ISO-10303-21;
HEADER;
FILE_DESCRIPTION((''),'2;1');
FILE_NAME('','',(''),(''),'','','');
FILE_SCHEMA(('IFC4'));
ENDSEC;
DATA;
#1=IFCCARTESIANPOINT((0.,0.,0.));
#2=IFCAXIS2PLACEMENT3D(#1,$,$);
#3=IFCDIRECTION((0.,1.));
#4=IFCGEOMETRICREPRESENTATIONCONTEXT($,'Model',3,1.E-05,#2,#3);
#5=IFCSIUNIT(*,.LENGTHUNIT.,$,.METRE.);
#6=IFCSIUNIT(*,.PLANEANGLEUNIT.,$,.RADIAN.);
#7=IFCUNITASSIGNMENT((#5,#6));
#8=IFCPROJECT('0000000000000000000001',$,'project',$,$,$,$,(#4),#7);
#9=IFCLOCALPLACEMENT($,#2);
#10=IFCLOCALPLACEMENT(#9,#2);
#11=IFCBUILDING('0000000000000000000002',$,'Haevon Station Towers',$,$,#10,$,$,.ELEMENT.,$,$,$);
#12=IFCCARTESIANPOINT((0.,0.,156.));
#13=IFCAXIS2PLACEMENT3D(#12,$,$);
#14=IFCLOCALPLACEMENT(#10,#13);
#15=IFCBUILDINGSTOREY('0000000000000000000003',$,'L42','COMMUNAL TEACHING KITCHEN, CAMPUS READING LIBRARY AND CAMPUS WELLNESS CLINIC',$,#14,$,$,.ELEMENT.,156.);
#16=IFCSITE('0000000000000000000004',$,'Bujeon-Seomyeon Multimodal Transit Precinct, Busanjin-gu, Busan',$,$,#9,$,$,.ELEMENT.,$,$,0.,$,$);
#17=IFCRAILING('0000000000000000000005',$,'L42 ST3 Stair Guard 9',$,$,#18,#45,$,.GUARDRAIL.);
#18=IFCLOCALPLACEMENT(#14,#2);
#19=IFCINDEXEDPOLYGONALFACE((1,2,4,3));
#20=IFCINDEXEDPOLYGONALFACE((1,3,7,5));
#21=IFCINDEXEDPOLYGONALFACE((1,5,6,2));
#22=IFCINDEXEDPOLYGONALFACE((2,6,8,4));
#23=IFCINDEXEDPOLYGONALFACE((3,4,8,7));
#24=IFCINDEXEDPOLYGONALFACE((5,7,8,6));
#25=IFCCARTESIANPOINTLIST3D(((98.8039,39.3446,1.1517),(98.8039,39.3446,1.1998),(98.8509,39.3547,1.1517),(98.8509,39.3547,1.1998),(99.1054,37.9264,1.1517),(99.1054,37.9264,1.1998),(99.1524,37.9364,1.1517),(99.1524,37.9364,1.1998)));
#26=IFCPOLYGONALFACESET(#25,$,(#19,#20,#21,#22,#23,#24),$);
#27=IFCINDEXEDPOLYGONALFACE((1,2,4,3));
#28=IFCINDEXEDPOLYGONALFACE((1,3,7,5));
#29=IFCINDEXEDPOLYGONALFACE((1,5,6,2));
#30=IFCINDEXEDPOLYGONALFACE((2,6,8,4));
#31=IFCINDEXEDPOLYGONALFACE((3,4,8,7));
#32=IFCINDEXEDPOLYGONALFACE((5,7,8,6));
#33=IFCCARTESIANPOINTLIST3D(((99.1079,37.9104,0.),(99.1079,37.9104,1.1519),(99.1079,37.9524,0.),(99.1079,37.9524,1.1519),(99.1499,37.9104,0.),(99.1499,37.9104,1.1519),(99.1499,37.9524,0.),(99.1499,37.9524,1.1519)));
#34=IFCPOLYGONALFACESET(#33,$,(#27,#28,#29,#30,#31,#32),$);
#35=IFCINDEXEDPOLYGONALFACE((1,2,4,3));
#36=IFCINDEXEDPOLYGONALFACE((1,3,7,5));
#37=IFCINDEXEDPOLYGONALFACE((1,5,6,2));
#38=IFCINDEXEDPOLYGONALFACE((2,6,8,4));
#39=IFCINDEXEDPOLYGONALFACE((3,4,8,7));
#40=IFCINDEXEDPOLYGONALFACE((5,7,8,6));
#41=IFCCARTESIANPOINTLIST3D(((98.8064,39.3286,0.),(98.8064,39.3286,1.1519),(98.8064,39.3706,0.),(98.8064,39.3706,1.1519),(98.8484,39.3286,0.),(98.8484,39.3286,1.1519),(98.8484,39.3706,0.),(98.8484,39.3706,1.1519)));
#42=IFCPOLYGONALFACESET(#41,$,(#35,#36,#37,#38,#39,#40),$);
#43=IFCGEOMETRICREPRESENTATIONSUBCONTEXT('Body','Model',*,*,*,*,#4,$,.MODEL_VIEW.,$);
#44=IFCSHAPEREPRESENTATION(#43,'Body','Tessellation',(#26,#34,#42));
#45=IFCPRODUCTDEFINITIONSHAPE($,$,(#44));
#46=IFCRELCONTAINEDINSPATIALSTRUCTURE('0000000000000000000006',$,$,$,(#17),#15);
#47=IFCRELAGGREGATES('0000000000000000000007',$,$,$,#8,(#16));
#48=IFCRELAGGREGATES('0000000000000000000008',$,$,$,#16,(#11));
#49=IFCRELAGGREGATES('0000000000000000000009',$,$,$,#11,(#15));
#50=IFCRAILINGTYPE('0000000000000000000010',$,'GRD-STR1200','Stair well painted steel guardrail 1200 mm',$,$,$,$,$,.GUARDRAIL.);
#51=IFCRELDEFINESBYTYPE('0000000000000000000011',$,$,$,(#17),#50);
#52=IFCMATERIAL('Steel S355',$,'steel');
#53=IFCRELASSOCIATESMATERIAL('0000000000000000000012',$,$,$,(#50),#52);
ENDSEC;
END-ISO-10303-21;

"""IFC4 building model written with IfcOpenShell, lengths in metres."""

from ifc_helpers import new_model, si_unit, direction, frame, origin, origin_2d, place, context, subcontext, project, spatial, rectangle, extrude, material, type_object, element, save


model = new_model("IFC4")

# Units and contexts
model_context = context("Model", 3, precision=1e-05, world=origin(), true_north=direction((0.0, 1.0)))
body_context = subcontext(model_context, "Body", "Model", "MODEL_VIEW")
ifc_project = project(units=[si_unit("LENGTHUNIT", "METRE"), si_unit("PLANEANGLEUNIT", "RADIAN")], contexts=[model_context])

# Site, building, storey
site_placement = place(None, origin())
site = spatial("IfcSite", under=ifc_project, at=site_placement, Name="Bujeon-Seomyeon Multimodal Transit Precinct, Busanjin-gu, Busan", CompositionType="ELEMENT", RefElevation=0.0)
building_placement = place(site_placement, origin())
building = spatial("IfcBuilding", under=site, at=building_placement, Name="Haevon Station Towers", CompositionType="ELEMENT")
storey_placement = place(building_placement, frame((0.0, 0.0, 156.0)))
storey = spatial("IfcBuildingStorey", under=building, at=storey_placement, Name="L42", Description="COMMUNAL TEACHING KITCHEN, CAMPUS READING LIBRARY AND CAMPUS WELLNESS CLINIC", CompositionType="ELEMENT", Elevation=156.0)

# Shared definitions
ifc_material_1 = material(Name="Steel S355", Category="steel")

# Railing
railing_type = type_object("IfcRailingType", Name="GRD-STR1200", Description="Stair well painted steel guardrail 1200 mm", PredefinedType="GUARDRAIL", material=ifc_material_1)
railing_placement = place(storey_placement, frame((99.1289, 37.9314, 0.0)))
element("IfcRailing", 1, at=railing_placement, inside=storey, type_object=railing_type, Name="L42 ST3 Stair Guard 9", PredefinedType="GUARDRAIL", context=body_context, shape_type="SweptSolid", body=[
    extrude(rectangle(XDim=0.0481, YDim=0.0481, at=origin_2d()), frame((0.0, 0.0, 1.1758), z_axis=(-0.207953, 0.978139, 0.0), x_axis=(-0.978139, -0.207953, 0.0)), (0.0, 0.0, 1.0), 1.45),
    extrude(rectangle(XDim=0.042, YDim=0.042, at=origin_2d()), origin(), (0.0, 0.0, 1.0), 1.1519),
    extrude(rectangle(XDim=0.042, YDim=0.042, at=origin_2d()), frame((-0.3015, 1.4182, 0.0)), (0.0, 0.0, 1.0), 1.1519),
])

save(model, "model.ifc")
